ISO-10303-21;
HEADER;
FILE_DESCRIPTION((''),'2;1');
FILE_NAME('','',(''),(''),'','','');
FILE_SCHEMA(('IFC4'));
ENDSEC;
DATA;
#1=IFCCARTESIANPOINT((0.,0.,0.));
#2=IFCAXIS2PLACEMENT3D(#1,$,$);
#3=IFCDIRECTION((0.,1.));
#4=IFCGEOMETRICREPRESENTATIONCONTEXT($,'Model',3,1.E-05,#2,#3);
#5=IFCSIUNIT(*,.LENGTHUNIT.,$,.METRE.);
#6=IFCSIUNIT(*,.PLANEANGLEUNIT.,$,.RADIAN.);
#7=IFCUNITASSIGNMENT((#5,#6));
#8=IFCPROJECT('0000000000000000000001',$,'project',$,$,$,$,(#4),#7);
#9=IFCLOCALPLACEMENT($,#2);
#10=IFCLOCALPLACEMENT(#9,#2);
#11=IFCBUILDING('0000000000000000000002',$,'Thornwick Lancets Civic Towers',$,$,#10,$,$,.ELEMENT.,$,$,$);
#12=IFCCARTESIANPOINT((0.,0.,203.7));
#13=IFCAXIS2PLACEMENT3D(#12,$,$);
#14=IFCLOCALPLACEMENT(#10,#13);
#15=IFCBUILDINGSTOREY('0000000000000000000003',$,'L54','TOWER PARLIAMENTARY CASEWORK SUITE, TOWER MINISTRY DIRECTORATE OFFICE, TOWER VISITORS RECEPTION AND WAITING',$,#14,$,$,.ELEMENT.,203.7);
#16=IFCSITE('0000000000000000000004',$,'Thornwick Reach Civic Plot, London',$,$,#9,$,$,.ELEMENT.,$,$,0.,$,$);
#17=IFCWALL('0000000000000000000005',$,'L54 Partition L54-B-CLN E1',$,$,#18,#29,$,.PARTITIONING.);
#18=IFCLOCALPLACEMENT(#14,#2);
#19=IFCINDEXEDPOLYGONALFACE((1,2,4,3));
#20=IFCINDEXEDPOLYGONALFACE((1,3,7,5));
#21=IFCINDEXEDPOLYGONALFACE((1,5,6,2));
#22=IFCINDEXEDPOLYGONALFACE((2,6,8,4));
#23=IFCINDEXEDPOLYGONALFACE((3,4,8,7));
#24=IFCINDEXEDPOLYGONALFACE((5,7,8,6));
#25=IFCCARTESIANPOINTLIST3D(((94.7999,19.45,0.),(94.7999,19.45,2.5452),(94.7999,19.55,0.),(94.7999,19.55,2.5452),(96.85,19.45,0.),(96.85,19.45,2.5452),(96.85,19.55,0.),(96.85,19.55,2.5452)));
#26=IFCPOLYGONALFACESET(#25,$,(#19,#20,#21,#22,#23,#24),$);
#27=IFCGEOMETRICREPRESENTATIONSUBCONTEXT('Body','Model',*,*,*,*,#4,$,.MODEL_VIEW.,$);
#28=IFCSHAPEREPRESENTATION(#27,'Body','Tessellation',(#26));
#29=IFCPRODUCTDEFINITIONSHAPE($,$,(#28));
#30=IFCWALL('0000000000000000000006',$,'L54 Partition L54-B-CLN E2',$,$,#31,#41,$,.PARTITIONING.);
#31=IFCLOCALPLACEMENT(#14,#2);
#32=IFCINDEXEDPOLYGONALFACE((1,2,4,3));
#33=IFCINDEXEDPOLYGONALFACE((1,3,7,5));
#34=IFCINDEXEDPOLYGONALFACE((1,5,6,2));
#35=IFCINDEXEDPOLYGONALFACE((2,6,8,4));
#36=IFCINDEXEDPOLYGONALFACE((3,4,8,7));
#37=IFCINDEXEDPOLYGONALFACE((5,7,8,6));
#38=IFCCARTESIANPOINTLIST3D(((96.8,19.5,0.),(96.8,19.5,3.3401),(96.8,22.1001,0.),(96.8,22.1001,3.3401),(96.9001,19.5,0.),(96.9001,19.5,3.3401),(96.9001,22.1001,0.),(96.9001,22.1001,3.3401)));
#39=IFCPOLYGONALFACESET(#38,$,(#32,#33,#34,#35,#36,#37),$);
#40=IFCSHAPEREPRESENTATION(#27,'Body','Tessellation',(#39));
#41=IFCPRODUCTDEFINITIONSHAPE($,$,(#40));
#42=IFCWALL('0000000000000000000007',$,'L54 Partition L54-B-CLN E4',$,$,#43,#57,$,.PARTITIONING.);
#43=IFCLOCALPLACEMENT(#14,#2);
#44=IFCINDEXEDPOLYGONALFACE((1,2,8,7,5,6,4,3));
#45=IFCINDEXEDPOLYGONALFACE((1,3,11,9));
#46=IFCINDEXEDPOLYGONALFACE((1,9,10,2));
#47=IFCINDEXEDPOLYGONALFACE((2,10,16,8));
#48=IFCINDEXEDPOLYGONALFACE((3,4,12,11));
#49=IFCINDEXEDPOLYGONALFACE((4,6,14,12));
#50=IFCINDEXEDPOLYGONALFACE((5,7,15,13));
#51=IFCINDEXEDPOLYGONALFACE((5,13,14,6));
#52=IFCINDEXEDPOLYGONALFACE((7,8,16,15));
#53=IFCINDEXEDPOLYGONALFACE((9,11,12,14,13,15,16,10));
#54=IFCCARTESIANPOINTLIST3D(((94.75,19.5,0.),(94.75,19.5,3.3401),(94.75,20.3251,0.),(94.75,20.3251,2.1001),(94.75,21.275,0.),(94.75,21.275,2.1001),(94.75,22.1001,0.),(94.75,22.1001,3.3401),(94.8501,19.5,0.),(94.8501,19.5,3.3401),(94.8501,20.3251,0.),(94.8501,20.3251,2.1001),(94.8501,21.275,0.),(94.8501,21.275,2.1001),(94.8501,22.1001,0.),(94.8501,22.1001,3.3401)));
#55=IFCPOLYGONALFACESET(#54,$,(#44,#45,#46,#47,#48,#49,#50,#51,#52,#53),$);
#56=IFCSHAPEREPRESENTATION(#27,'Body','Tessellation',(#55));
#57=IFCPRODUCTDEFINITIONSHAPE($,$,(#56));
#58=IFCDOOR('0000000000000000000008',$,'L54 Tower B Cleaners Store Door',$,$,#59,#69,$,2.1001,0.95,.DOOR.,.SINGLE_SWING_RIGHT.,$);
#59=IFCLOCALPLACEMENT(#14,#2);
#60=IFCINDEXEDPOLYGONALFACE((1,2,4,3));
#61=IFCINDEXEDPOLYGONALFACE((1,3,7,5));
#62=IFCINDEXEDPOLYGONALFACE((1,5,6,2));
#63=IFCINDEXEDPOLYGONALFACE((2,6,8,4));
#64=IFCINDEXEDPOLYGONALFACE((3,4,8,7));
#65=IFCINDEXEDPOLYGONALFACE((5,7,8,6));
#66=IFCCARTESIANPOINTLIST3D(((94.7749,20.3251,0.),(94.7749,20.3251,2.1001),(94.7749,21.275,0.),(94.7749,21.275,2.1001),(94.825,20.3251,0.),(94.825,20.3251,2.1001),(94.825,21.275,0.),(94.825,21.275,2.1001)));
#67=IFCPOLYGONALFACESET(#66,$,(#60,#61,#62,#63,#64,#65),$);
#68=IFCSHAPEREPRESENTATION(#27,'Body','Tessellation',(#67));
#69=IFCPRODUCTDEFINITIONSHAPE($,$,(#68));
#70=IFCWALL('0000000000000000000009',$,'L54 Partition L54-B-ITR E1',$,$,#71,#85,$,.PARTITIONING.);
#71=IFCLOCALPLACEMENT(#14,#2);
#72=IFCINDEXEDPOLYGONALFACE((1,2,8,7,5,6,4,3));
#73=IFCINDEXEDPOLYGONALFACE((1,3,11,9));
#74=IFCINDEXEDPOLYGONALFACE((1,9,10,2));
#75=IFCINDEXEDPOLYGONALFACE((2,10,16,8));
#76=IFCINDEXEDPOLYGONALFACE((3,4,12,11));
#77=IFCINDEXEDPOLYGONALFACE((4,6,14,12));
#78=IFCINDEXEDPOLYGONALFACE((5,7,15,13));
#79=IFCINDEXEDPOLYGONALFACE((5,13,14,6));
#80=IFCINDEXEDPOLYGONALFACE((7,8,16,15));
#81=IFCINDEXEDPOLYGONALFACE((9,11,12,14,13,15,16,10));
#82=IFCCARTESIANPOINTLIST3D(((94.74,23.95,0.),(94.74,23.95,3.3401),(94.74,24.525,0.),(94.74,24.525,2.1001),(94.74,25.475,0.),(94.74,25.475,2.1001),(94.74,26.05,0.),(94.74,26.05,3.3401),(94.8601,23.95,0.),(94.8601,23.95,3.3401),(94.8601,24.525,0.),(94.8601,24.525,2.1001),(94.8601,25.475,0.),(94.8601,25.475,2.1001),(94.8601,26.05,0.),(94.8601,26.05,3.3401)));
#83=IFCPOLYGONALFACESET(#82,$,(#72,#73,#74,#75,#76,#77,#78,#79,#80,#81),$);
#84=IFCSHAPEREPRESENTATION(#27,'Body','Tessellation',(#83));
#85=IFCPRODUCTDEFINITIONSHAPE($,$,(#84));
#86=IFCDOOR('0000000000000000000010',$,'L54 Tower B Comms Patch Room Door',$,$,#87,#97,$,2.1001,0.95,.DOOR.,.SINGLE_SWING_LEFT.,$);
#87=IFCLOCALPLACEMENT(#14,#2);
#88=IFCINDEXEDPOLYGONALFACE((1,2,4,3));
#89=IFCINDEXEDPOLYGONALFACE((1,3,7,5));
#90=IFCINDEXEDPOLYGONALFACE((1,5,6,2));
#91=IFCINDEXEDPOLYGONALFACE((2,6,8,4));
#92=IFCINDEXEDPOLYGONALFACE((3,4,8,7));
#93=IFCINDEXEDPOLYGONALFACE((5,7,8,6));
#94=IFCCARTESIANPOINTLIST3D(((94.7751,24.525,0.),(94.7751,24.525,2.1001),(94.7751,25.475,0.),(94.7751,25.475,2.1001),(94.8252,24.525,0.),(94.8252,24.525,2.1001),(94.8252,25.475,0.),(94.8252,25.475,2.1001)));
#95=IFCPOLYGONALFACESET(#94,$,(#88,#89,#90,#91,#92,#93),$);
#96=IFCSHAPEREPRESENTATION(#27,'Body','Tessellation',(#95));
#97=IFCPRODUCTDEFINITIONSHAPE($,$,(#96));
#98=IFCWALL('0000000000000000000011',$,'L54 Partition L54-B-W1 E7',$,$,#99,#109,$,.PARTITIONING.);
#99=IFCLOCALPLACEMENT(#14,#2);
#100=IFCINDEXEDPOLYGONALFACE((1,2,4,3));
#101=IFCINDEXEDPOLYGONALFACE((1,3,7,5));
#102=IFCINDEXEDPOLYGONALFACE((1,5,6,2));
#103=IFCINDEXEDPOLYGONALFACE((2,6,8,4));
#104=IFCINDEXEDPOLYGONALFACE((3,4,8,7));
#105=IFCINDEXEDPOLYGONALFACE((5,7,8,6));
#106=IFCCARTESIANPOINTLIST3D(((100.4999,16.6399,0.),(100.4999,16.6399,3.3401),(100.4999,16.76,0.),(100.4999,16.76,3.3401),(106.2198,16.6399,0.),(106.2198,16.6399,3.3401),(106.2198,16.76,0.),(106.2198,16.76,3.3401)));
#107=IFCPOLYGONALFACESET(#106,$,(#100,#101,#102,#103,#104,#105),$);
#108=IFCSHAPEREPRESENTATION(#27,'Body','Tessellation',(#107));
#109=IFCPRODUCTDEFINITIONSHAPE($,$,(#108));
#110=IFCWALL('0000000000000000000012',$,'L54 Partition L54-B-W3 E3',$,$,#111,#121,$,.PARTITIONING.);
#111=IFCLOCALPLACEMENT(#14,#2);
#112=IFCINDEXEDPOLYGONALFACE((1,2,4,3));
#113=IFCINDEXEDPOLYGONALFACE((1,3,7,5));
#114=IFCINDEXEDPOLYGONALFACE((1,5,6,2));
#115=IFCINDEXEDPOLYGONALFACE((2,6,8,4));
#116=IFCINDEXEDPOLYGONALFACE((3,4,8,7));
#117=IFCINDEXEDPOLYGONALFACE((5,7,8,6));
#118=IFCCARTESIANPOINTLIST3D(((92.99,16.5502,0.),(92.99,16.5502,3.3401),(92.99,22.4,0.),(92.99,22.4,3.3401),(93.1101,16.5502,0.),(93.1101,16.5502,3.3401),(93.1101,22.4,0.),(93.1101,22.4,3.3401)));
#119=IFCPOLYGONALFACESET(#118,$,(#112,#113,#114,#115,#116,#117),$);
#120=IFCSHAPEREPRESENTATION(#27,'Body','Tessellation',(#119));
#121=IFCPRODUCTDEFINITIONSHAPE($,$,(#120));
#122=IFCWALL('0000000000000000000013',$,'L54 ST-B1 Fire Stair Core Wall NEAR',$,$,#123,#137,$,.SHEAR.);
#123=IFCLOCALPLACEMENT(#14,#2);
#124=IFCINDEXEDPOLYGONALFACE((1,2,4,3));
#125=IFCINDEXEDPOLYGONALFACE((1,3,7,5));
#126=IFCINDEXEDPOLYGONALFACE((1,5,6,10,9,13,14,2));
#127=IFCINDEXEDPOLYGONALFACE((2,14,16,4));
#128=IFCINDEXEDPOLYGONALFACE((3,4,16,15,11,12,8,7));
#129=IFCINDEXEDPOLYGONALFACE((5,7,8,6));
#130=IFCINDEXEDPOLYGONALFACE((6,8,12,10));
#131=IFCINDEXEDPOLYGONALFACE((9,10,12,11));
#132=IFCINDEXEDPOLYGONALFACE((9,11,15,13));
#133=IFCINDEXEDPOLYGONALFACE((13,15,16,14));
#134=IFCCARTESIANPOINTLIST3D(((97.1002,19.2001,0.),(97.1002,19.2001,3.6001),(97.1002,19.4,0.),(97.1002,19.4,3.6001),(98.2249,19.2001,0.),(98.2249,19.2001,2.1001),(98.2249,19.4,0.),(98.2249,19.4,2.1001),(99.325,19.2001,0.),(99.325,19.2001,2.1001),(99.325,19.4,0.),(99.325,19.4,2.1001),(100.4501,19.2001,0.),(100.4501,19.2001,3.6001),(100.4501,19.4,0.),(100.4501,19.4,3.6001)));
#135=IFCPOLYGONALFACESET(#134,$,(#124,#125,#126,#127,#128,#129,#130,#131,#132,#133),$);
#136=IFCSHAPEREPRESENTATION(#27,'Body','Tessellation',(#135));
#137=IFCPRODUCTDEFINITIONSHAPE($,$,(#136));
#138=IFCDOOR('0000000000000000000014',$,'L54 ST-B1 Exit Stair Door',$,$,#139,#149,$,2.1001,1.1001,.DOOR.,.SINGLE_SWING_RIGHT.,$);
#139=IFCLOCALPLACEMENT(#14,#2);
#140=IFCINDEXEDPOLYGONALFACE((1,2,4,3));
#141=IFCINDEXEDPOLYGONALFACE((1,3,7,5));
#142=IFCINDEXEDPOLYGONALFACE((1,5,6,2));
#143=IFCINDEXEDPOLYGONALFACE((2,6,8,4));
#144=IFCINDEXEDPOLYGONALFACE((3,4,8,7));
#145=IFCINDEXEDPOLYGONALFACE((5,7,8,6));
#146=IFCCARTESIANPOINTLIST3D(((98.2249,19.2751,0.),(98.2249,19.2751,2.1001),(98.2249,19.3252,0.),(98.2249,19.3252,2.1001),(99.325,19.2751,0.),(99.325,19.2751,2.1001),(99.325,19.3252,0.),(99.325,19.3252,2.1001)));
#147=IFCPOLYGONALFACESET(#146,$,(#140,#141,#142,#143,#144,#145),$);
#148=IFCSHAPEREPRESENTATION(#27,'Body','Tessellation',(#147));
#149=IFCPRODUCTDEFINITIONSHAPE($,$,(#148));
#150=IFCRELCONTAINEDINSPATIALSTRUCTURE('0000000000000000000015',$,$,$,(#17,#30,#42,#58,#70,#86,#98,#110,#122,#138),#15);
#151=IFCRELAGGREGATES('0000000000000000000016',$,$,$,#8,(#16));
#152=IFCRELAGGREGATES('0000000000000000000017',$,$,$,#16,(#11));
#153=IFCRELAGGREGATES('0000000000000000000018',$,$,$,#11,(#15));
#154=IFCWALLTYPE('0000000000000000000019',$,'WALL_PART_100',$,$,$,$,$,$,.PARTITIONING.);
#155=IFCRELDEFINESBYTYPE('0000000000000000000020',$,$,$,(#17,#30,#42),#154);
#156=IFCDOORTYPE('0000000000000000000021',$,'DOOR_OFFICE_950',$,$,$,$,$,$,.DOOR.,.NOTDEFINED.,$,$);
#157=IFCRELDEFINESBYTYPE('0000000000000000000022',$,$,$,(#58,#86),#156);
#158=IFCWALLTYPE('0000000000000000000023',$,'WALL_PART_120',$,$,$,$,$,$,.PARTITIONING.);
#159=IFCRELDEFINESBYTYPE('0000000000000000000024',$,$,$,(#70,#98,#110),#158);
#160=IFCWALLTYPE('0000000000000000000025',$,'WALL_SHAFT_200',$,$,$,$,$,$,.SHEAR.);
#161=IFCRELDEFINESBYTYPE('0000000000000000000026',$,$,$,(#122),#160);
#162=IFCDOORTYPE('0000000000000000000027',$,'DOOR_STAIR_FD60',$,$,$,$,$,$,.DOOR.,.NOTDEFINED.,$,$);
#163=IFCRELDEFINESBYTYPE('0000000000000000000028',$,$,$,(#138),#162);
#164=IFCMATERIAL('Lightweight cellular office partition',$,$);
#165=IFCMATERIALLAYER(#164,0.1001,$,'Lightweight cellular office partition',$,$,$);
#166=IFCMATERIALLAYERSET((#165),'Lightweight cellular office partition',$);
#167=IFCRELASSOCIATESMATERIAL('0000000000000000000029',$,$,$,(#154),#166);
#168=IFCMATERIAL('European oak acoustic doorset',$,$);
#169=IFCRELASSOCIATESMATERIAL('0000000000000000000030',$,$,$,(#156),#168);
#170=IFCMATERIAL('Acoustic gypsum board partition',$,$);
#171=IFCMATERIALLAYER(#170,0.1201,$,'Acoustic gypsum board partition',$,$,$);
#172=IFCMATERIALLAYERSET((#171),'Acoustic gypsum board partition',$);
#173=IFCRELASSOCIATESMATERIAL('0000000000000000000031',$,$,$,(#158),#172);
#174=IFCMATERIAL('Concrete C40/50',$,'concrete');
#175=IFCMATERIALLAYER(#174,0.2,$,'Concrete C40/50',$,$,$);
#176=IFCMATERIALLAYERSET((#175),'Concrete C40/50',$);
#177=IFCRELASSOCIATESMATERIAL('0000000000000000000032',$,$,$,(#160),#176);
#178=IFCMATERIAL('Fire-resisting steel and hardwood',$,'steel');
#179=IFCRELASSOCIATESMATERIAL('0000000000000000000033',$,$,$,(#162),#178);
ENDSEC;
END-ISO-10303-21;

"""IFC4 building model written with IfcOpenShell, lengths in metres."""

from ifc_helpers import new_model, si_unit, direction, frame, frame_2d, origin, place, context, subcontext, project, spatial, rectangle, extrude, material, layer, layer_set, type_object, element, fill, save


model = new_model("IFC4")

# Units and contexts
model_context = context("Model", 3, precision=1e-05, world=origin(), true_north=direction((0.0, 1.0)))
body_context = subcontext(model_context, "Body", "Model", "MODEL_VIEW")
ifc_project = project(units=[si_unit("LENGTHUNIT", "METRE"), si_unit("PLANEANGLEUNIT", "RADIAN")], contexts=[model_context])

# Site, building, storey
site_placement = place(None, origin())
site = spatial("IfcSite", under=ifc_project, at=site_placement, Name="Thornwick Reach Civic Plot, London", CompositionType="ELEMENT", RefElevation=0.0)
building_placement = place(site_placement, origin())
building = spatial("IfcBuilding", under=site, at=building_placement, Name="Thornwick Lancets Civic Towers", CompositionType="ELEMENT")
storey_placement = place(building_placement, frame((0.0, 0.0, 203.7)))
storey = spatial("IfcBuildingStorey", under=building, at=storey_placement, Name="L54", Description="TOWER PARLIAMENTARY CASEWORK SUITE, TOWER MINISTRY DIRECTORATE OFFICE, TOWER VISITORS RECEPTION AND WAITING", CompositionType="ELEMENT", Elevation=203.7)

# Walls
ifc_material_1 = material(Name="Lightweight cellular office partition")
ifc_layer_1 = layer(ifc_material_1, 0.1001, Name="Lightweight cellular office partition")
ifc_layer_set_1 = layer_set([ifc_layer_1], Name="Lightweight cellular office partition")
wall_type_1 = type_object("IfcWallType", Name="WALL_PART_100", PredefinedType="PARTITIONING", material=ifc_layer_set_1)
wall_1_placement = place(storey_placement, frame((94.8, 19.5, 0.0), z_axis=(0.0, 0.0, 1.0), x_axis=(1.0, 0.0, 0.0)))
element("IfcWall", 1, at=wall_1_placement, inside=storey, type_object=wall_type_1, Name="L54 Partition L54-B-CLN E1", PredefinedType="PARTITIONING", context=body_context, shape_type="SweptSolid", body=[
    extrude(rectangle(XDim=2.05, YDim=0.1001, at=frame_2d((1.0249, 0.0))), origin(), (0.0, 0.0, 1.0), 2.5452),
])
wall_2_placement = place(storey_placement, frame((96.8501, 19.5, 0.0), z_axis=(0.0, 0.0, 1.0), x_axis=(0.0, 1.0, 0.0)))
element("IfcWall", 2, at=wall_2_placement, inside=storey, type_object=wall_type_1, Name="L54 Partition L54-B-CLN E2", PredefinedType="PARTITIONING", context=body_context, shape_type="SweptSolid", body=[
    extrude(rectangle(XDim=2.6001, YDim=0.1001, at=frame_2d((1.3, 0.0))), origin(), (0.0, 0.0, 1.0), 3.3401),
])

# Walls, openings, doors
wall_3_placement = place(storey_placement, frame((94.8, 22.1001, 0.0), z_axis=(0.0, 0.0, 1.0), x_axis=(0.0, -1.0, 0.0)))
wall_3 = element("IfcWall", 3, at=wall_3_placement, inside=storey, type_object=wall_type_1, Name="L54 Partition L54-B-CLN E4", PredefinedType="PARTITIONING", context=body_context, shape_type="SweptSolid", body=[
    extrude(rectangle(XDim=2.6001, YDim=0.1001, at=frame_2d((1.3, 0.0))), origin(), (0.0, 0.0, 1.0), 3.3401),
])
opening_1_placement = place(wall_3_placement, frame((0.825, 0.0, 0.0)))
opening_1 = element("IfcOpeningElement", 4, at=opening_1_placement, cuts=wall_3, PredefinedType="OPENING", context=body_context, shape_type="SweptSolid", body=[
    extrude(rectangle(XDim=0.95, YDim=2.1001, at=frame_2d((0.4751, 1.05))), frame((0.0, 0.0601, 0.0), z_axis=(0.0, -1.0, 0.0), x_axis=(1.0, 0.0, 0.0)), (0.0, 0.0, 1.0), 0.1201),
])
ifc_material_2 = material(Name="European oak acoustic doorset")
door_type_1 = type_object("IfcDoorType", Name="DOOR_OFFICE_950", OperationType="NOTDEFINED", PredefinedType="DOOR", material=ifc_material_2)
door_1_placement = place(opening_1_placement, origin())
door_1 = element("IfcDoor", 5, at=door_1_placement, inside=storey, type_object=door_type_1, Name="L54 Tower B Cleaners Store Door", OperationType="SINGLE_SWING_RIGHT", OverallHeight=2.1001, OverallWidth=0.95, PredefinedType="DOOR", context=body_context, shape_type="SweptSolid", body=[
    extrude(rectangle(XDim=0.95, YDim=2.1001, at=frame_2d((0.4751, 1.05))), frame((0.0, 0.0249, 0.0), z_axis=(0.0, -1.0, 0.0), x_axis=(1.0, 0.0, 0.0)), (0.0, 0.0, 1.0), 0.05),
])
fill(opening_1, door_1)
ifc_material_3 = material(Name="Acoustic gypsum board partition")
ifc_layer_2 = layer(ifc_material_3, 0.1201, Name="Acoustic gypsum board partition")
ifc_layer_set_2 = layer_set([ifc_layer_2], Name="Acoustic gypsum board partition")
wall_type_2 = type_object("IfcWallType", Name="WALL_PART_120", PredefinedType="PARTITIONING", material=ifc_layer_set_2)
wall_4_placement = place(storey_placement, frame((94.8, 23.95, 0.0), z_axis=(0.0, 0.0, 1.0), x_axis=(0.0, 1.0, 0.0)))
wall_4 = element("IfcWall", 6, at=wall_4_placement, inside=storey, type_object=wall_type_2, Name="L54 Partition L54-B-ITR E1", PredefinedType="PARTITIONING", context=body_context, shape_type="SweptSolid", body=[
    extrude(rectangle(XDim=2.1001, YDim=0.1201, at=frame_2d((1.05, 0.0))), origin(), (0.0, 0.0, 1.0), 3.3401),
])
opening_2_placement = place(wall_4_placement, frame((0.575, 0.0, 0.0)))
opening_2 = element("IfcOpeningElement", 7, at=opening_2_placement, cuts=wall_4, PredefinedType="OPENING", context=body_context, shape_type="SweptSolid", body=[
    extrude(rectangle(XDim=0.95, YDim=2.1001, at=frame_2d((0.4751, 1.05))), frame((0.0, 0.0701, 0.0), z_axis=(0.0, -1.0, 0.0), x_axis=(1.0, 0.0, 0.0)), (0.0, 0.0, 1.0), 0.1401),
])
door_2_placement = place(opening_2_placement, origin())
door_2 = element("IfcDoor", 8, at=door_2_placement, inside=storey, type_object=door_type_1, Name="L54 Tower B Comms Patch Room Door", OperationType="SINGLE_SWING_LEFT", OverallHeight=2.1001, OverallWidth=0.95, PredefinedType="DOOR", context=body_context, shape_type="SweptSolid", body=[
    extrude(rectangle(XDim=0.95, YDim=2.1001, at=frame_2d((0.4751, 1.05))), frame((0.0, 0.0249, 0.0), z_axis=(0.0, -1.0, 0.0), x_axis=(1.0, 0.0, 0.0)), (0.0, 0.0, 1.0), 0.05),
])
fill(opening_2, door_2)

# Walls
wall_5_placement = place(storey_placement, frame((100.5, 16.7, 0.0), z_axis=(0.0, 0.0, 1.0), x_axis=(1.0, 0.0, 0.0)))
element("IfcWall", 9, at=wall_5_placement, inside=storey, type_object=wall_type_2, Name="L54 Partition L54-B-W1 E7", PredefinedType="PARTITIONING", context=body_context, shape_type="SweptSolid", body=[
    extrude(rectangle(XDim=5.72, YDim=0.1201, at=frame_2d((2.8599, 0.0))), origin(), (0.0, 0.0, 1.0), 3.3401),
])
wall_6_placement = place(storey_placement, frame((93.05, 22.3999, 0.0), z_axis=(0.0, 0.0, 1.0), x_axis=(0.0, -1.0, 0.0)))
element("IfcWall", 10, at=wall_6_placement, inside=storey, type_object=wall_type_2, Name="L54 Partition L54-B-W3 E3", PredefinedType="PARTITIONING", context=body_context, shape_type="SweptSolid", body=[
    extrude(rectangle(XDim=5.8499, YDim=0.1201, at=frame_2d((2.9248, 0.0))), origin(), (0.0, 0.0, 1.0), 3.3401),
])

# Wall, opening, door
ifc_material_4 = material(Name="Concrete C40/50", Category="concrete")
ifc_layer_3 = layer(ifc_material_4, 0.2, Name="Concrete C40/50")
ifc_layer_set_3 = layer_set([ifc_layer_3], Name="Concrete C40/50")
wall_type_3 = type_object("IfcWallType", Name="WALL_SHAFT_200", PredefinedType="SHEAR", material=ifc_layer_set_3)
wall_7_placement = place(storey_placement, frame((100.45, 19.3, 0.0), z_axis=(0.0, 0.0, 1.0), x_axis=(-1.0, 0.0, 0.0)))
wall_7 = element("IfcWall", 11, at=wall_7_placement, inside=storey, type_object=wall_type_3, Name="L54 ST-B1 Fire Stair Core Wall NEAR", PredefinedType="SHEAR", context=body_context, shape_type="SweptSolid", body=[
    extrude(rectangle(XDim=3.3499, YDim=0.2, at=frame_2d((1.6748, 0.0))), origin(), (0.0, 0.0, 1.0), 3.6001),
])
opening_3_placement = place(wall_7_placement, frame((1.125, 0.0, 0.0)))
opening_3 = element("IfcOpeningElement", 12, at=opening_3_placement, cuts=wall_7, PredefinedType="OPENING", context=body_context, shape_type="SweptSolid", body=[
    extrude(rectangle(XDim=1.1001, YDim=2.1001, at=frame_2d((0.55, 1.05))), frame((0.0, 0.1099, 0.0), z_axis=(0.0, -1.0, 0.0), x_axis=(1.0, 0.0, 0.0)), (0.0, 0.0, 1.0), 0.22),
])
ifc_material_5 = material(Name="Fire-resisting steel and hardwood", Category="steel")
door_type_2 = type_object("IfcDoorType", Name="DOOR_STAIR_FD60", OperationType="NOTDEFINED", PredefinedType="DOOR", material=ifc_material_5)
door_3_placement = place(opening_3_placement, origin())
door_3 = element("IfcDoor", 13, at=door_3_placement, inside=storey, type_object=door_type_2, Name="L54 ST-B1 Exit Stair Door", OperationType="SINGLE_SWING_RIGHT", OverallHeight=2.1001, OverallWidth=1.1001, PredefinedType="DOOR", context=body_context, shape_type="SweptSolid", body=[
    extrude(rectangle(XDim=1.1001, YDim=2.1001, at=frame_2d((0.55, 1.05))), frame((0.0, 0.0249, 0.0), z_axis=(0.0, -1.0, 0.0), x_axis=(1.0, 0.0, 0.0)), (0.0, 0.0, 1.0), 0.05),
])
fill(opening_3, door_3)

save(model, "model.ifc")
